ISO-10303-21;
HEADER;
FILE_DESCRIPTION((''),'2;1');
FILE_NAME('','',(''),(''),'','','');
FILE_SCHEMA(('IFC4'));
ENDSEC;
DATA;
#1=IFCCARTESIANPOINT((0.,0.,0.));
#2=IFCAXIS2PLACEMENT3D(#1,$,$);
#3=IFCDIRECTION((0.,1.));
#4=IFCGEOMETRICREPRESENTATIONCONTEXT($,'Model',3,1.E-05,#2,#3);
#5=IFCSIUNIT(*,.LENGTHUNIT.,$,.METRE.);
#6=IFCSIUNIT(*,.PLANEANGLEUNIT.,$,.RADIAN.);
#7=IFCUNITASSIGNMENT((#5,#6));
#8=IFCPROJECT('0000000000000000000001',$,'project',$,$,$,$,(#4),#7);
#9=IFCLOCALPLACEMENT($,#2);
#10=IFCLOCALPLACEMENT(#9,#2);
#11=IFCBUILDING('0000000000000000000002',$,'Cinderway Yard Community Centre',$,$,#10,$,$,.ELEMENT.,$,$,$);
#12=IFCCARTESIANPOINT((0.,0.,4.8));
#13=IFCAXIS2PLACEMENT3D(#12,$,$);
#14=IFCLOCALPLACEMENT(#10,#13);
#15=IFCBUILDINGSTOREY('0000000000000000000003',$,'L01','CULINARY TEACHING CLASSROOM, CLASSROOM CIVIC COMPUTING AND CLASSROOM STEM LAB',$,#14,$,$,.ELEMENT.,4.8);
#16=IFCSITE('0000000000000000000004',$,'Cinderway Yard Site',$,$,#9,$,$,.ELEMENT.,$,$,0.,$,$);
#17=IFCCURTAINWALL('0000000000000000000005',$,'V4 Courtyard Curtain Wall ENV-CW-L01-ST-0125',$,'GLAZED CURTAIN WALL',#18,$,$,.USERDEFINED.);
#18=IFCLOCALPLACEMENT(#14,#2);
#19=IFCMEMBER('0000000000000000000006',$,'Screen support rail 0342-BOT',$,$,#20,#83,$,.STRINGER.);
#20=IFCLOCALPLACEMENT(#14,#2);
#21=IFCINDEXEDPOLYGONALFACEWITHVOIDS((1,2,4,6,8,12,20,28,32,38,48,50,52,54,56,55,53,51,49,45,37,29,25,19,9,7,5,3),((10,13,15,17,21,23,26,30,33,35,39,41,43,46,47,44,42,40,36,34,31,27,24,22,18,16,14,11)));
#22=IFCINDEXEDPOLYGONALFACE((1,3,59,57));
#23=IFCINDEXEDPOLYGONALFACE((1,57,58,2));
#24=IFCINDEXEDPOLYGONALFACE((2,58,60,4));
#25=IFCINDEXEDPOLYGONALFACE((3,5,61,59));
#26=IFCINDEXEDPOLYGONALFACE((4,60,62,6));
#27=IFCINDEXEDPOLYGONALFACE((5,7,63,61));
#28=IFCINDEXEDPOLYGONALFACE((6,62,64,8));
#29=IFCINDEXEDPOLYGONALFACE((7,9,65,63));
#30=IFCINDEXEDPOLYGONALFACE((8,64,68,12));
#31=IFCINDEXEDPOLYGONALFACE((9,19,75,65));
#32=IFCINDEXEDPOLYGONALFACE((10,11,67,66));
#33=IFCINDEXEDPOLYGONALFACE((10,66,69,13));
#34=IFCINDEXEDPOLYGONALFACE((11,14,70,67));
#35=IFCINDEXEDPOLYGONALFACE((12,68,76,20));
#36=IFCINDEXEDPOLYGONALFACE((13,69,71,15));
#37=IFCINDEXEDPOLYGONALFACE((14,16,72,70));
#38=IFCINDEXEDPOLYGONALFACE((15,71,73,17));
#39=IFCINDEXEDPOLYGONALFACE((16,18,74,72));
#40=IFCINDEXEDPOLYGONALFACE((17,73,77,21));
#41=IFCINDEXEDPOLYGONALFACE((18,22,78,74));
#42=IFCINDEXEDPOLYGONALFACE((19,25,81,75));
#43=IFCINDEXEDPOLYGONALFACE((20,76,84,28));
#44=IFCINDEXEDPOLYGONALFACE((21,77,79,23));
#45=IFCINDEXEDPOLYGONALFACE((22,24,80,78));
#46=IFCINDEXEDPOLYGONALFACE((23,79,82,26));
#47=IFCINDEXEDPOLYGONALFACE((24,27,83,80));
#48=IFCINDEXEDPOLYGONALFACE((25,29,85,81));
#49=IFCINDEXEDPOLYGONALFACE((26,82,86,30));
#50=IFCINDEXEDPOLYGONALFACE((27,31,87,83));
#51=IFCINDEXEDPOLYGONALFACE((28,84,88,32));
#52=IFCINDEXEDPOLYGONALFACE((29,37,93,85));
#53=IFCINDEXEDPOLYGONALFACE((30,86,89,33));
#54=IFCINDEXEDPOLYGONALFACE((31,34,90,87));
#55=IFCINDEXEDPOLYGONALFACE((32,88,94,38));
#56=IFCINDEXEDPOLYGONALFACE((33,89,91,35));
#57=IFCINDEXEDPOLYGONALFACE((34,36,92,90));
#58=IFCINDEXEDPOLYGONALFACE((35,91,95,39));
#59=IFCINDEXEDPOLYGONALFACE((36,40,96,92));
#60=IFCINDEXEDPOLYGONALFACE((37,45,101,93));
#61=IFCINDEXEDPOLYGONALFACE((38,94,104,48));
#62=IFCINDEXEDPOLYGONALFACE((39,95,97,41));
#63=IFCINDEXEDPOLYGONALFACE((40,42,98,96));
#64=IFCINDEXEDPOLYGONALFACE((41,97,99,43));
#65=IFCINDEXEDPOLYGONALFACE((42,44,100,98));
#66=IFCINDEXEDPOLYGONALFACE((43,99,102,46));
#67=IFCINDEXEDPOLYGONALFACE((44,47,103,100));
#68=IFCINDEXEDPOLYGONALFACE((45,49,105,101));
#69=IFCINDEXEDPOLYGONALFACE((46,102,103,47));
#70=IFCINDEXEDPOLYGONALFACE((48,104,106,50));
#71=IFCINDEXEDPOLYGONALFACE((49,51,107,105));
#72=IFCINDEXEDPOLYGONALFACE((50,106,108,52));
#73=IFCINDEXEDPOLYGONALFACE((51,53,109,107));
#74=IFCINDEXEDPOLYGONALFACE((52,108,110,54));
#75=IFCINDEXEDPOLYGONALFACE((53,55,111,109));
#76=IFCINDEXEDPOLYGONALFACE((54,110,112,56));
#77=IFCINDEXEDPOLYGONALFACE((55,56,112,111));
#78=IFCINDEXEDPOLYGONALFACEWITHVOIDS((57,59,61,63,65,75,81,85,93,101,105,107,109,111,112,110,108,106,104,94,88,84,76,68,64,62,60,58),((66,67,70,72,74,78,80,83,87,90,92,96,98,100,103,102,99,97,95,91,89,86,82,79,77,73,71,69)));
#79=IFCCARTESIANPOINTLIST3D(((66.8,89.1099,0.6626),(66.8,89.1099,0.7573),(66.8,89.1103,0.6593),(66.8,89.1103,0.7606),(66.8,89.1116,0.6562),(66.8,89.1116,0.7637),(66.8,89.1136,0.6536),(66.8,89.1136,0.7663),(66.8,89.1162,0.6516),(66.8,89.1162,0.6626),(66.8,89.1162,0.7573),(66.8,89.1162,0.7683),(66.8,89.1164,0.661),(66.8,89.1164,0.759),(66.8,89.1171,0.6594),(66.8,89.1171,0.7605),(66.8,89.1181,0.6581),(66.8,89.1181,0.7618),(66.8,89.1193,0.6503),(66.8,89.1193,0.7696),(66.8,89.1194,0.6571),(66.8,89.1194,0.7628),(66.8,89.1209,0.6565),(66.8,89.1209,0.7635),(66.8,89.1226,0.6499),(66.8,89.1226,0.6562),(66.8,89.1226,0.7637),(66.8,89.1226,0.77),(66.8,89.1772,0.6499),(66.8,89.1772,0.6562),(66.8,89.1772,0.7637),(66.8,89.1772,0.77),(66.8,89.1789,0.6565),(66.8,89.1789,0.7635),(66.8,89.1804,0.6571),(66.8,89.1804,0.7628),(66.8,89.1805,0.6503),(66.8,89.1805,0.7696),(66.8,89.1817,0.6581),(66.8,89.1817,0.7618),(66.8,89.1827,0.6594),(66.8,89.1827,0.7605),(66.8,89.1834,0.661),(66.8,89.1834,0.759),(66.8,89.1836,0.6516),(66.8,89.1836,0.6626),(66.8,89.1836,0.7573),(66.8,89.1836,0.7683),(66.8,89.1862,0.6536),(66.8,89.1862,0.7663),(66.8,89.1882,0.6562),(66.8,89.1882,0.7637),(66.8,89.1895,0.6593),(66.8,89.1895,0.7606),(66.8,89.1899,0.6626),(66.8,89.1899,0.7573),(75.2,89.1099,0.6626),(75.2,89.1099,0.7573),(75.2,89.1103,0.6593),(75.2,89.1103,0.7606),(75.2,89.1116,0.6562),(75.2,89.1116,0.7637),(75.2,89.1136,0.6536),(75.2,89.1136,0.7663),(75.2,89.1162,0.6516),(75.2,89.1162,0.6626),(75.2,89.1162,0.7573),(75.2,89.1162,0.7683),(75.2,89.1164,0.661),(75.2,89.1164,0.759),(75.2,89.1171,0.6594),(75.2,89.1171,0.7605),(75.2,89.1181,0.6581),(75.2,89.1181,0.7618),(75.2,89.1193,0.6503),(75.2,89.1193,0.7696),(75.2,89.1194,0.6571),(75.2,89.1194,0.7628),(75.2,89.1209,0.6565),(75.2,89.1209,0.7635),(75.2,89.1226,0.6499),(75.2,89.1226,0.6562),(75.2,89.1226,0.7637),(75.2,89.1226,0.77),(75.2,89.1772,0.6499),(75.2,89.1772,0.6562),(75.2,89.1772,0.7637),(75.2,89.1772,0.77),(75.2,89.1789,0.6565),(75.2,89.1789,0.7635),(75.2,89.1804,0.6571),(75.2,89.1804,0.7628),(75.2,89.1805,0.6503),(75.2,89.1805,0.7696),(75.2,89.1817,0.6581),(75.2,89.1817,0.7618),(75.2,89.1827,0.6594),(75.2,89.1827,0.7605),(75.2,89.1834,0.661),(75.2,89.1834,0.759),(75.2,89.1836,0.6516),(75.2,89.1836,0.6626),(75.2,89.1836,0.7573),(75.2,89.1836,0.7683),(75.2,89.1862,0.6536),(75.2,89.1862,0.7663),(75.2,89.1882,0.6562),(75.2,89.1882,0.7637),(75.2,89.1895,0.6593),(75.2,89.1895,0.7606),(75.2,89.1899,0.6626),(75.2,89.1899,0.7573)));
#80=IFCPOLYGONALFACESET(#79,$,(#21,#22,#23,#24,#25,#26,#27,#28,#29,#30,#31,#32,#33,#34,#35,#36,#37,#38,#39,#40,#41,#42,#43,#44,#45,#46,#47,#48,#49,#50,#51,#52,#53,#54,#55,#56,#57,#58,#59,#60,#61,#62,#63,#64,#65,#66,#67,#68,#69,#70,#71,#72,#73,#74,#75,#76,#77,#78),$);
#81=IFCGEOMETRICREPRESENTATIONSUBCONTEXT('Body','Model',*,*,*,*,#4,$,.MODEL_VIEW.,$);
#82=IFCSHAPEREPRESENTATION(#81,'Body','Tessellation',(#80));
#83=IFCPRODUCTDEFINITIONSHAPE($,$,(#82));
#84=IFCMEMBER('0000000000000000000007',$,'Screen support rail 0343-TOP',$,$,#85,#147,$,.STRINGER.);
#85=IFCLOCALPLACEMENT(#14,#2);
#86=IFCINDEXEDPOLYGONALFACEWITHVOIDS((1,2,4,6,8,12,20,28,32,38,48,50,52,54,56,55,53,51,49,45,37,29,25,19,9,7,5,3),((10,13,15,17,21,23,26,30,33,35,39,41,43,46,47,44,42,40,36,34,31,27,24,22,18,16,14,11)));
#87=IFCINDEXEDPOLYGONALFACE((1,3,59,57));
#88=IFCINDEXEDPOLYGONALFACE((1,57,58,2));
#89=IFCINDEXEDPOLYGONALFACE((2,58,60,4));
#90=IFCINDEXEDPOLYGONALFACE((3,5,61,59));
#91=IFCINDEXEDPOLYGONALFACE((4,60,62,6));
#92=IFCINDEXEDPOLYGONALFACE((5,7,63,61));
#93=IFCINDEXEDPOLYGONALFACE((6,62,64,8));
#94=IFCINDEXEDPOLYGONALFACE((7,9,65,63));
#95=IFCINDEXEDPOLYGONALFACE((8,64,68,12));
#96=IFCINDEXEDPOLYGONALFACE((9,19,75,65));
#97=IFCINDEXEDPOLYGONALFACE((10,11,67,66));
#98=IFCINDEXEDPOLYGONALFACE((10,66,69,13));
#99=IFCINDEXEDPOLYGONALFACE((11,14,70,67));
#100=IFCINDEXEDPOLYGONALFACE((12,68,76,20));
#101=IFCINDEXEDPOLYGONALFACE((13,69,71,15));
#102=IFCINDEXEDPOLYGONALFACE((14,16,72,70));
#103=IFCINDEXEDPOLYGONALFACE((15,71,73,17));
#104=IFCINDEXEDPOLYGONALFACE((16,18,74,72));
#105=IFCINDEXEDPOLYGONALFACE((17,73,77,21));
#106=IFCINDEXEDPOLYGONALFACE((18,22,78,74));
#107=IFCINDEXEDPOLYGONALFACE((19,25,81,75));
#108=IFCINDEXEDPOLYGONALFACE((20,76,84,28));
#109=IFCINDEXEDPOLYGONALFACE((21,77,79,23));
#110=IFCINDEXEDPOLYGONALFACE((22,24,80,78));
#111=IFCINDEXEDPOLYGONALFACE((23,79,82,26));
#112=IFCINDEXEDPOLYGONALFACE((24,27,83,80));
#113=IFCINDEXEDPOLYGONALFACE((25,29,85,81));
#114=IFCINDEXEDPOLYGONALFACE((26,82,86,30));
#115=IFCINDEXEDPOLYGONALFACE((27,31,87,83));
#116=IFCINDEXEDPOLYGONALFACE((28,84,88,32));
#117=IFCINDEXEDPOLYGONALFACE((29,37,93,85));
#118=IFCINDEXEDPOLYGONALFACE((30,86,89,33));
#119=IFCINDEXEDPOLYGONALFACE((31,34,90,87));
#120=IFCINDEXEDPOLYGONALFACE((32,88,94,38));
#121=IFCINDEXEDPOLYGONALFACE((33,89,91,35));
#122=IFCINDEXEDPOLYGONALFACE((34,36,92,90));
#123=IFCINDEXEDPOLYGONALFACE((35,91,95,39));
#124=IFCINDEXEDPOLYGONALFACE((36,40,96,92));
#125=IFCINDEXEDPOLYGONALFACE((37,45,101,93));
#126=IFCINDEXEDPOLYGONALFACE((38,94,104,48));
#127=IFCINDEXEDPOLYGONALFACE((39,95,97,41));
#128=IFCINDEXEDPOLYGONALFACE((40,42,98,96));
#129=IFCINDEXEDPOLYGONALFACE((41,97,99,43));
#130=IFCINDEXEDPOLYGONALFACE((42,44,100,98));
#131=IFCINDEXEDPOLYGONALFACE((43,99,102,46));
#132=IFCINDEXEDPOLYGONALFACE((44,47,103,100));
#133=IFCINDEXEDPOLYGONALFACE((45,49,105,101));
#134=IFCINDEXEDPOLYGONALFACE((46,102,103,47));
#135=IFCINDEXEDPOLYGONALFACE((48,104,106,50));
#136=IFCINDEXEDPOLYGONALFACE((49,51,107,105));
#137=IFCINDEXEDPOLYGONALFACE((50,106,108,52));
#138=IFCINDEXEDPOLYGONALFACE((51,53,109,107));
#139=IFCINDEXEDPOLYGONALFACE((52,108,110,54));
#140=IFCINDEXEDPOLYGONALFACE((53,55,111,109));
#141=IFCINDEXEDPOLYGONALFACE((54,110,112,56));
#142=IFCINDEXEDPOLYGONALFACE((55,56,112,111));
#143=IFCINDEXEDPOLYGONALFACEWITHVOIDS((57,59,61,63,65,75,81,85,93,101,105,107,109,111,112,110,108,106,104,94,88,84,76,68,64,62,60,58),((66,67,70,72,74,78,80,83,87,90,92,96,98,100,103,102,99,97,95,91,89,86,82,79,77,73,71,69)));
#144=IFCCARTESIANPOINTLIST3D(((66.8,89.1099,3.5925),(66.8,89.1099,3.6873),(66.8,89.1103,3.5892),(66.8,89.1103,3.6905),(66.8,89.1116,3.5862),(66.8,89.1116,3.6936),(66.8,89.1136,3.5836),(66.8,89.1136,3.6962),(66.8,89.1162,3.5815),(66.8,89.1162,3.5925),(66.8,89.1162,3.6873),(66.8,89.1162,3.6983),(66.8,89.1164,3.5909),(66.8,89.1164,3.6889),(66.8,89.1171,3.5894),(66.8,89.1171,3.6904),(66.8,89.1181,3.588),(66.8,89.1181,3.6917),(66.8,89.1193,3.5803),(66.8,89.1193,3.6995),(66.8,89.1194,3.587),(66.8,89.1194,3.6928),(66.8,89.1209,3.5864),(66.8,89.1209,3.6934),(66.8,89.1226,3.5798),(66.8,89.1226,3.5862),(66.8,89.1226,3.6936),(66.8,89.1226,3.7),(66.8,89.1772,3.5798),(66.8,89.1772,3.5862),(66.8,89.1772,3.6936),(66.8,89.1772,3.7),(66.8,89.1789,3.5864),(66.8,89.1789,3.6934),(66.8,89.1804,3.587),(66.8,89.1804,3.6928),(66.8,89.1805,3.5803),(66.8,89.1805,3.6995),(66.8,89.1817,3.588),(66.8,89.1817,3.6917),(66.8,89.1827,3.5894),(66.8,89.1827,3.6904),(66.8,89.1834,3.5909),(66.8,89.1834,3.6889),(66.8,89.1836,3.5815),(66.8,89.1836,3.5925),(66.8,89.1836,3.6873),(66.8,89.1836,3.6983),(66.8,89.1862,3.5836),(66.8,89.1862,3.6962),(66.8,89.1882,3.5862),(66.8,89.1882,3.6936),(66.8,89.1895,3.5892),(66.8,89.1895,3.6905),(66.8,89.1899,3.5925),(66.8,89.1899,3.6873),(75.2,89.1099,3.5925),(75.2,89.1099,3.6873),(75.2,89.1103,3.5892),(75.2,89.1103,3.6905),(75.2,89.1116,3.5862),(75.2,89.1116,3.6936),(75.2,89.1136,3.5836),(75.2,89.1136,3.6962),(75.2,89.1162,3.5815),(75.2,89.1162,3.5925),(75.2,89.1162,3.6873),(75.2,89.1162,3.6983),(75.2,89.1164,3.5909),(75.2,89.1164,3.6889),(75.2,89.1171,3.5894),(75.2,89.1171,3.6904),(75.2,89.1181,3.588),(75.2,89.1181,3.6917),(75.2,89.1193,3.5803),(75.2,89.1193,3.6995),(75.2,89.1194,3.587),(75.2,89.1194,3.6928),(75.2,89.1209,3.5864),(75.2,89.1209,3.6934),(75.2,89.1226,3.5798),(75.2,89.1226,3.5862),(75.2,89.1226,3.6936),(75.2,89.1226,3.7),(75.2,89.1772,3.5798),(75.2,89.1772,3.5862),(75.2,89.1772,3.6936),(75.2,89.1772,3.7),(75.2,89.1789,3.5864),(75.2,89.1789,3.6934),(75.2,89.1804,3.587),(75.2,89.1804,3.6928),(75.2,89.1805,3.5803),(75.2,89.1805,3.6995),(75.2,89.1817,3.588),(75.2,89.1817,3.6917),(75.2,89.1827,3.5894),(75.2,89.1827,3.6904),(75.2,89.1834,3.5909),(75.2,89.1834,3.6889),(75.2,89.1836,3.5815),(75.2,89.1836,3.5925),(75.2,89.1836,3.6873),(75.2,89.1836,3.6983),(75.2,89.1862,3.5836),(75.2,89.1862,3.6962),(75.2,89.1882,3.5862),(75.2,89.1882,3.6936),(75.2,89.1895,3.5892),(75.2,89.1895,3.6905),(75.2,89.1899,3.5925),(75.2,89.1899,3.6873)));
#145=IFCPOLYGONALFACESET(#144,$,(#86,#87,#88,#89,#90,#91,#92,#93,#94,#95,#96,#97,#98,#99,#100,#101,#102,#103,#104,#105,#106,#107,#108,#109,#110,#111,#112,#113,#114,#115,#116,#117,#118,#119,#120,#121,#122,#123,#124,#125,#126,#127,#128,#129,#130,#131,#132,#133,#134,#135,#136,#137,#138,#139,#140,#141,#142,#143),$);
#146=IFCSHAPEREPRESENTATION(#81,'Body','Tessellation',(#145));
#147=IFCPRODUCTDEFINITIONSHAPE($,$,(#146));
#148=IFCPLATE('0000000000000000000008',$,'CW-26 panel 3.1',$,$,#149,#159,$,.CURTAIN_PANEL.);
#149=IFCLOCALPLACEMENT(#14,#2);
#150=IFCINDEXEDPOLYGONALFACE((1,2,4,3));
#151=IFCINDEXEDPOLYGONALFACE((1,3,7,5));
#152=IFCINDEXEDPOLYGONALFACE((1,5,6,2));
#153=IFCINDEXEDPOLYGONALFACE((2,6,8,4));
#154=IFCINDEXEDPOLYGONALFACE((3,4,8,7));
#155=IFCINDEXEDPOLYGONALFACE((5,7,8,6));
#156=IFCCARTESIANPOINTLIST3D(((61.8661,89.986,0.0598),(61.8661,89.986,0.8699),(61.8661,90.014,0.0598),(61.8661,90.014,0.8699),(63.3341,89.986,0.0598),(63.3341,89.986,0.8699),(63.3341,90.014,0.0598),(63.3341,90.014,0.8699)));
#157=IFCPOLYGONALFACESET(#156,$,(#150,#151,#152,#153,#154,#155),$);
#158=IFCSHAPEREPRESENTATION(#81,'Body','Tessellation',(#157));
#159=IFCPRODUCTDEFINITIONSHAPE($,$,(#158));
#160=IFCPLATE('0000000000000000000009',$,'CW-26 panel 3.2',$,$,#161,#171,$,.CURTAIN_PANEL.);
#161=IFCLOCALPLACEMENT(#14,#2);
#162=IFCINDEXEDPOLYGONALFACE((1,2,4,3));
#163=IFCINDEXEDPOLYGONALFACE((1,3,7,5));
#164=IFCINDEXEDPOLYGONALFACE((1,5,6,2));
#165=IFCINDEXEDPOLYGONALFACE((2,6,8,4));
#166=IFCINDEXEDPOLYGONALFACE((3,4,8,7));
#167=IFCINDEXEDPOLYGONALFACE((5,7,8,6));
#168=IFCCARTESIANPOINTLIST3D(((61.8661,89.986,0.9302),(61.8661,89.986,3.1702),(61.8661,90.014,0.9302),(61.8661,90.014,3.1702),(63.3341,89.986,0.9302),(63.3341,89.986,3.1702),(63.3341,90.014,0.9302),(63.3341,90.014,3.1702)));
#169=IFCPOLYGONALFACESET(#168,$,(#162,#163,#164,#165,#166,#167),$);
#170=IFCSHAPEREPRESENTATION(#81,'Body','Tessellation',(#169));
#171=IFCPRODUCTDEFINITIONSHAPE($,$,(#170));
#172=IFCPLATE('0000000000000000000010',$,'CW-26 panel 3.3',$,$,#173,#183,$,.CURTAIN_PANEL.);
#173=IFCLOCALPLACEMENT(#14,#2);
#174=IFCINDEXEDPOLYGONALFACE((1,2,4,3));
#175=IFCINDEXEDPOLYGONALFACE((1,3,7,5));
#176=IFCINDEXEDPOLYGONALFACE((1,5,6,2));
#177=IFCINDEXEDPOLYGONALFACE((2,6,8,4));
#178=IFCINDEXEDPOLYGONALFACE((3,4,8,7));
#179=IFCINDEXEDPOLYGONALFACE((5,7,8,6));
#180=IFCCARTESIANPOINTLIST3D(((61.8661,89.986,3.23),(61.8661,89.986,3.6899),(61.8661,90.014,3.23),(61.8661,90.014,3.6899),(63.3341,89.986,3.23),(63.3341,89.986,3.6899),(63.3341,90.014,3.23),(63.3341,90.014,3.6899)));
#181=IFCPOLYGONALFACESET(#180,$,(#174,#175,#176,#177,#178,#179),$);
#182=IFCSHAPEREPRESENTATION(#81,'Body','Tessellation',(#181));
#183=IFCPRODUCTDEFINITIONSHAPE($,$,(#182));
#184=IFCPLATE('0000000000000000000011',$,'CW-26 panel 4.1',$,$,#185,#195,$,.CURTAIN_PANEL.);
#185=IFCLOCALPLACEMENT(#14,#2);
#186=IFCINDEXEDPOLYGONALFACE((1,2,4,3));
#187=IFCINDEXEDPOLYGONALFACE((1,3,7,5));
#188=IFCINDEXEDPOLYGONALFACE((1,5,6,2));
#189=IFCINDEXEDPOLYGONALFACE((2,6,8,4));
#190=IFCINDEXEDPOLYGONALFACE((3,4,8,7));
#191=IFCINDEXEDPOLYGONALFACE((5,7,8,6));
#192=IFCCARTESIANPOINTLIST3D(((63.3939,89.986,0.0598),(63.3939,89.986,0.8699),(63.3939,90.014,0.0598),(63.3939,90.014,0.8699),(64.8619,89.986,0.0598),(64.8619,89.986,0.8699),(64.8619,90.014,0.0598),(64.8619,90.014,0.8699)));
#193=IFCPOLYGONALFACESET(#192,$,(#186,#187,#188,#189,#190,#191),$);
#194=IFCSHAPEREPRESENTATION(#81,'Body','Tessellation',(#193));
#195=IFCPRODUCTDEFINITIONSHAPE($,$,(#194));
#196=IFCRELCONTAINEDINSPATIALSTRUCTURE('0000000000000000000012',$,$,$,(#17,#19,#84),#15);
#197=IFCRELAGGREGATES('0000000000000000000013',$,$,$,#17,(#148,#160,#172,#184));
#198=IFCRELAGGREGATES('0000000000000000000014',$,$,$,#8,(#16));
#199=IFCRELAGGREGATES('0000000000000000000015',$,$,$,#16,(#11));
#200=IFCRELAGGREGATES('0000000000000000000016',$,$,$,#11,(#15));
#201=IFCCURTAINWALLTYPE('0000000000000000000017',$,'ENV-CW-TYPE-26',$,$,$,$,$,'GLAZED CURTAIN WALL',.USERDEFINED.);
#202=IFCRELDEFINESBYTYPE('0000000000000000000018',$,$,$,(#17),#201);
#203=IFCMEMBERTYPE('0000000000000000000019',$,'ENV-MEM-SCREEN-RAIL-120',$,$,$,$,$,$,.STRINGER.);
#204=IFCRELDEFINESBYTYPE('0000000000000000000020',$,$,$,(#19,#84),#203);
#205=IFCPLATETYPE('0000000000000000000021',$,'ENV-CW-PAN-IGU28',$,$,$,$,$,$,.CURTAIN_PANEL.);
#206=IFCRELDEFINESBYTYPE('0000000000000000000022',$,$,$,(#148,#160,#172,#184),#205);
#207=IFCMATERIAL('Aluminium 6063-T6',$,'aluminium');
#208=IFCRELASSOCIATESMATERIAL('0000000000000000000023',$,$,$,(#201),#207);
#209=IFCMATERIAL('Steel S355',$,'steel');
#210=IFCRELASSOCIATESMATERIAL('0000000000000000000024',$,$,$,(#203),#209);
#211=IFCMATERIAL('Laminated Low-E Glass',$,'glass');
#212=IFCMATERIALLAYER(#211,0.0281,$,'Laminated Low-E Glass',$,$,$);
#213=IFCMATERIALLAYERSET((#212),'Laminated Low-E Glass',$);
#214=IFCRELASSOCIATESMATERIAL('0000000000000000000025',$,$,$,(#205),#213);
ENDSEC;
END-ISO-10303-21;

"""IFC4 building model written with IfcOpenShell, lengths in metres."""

from ifc_helpers import new_model, si_unit, direction, frame, origin, origin_2d, place, context, subcontext, project, spatial, rectangle, hollow_rectangle, extrude, material, layer, layer_set, material_profile, profile_set, type_object, element, aggregate, save


model = new_model("IFC4")

# Units and contexts
model_context = context("Model", 3, precision=1e-05, world=origin(), true_north=direction((0.0, 1.0)))
body_context = subcontext(model_context, "Body", "Model", "MODEL_VIEW")
ifc_project = project(units=[si_unit("LENGTHUNIT", "METRE"), si_unit("PLANEANGLEUNIT", "RADIAN")], contexts=[model_context])

# Site, building, storey
site_placement = place(None, origin())
site = spatial("IfcSite", under=ifc_project, at=site_placement, Name="Cinderway Yard Site", CompositionType="ELEMENT", RefElevation=0.0)
building_placement = place(site_placement, origin())
building = spatial("IfcBuilding", under=site, at=building_placement, Name="Cinderway Yard Community Centre", CompositionType="ELEMENT")
storey_placement = place(building_placement, frame((0.0, 0.0, 4.8)))
storey = spatial("IfcBuildingStorey", under=building, at=storey_placement, Name="L01", Description="CULINARY TEACHING CLASSROOM, CLASSROOM CIVIC COMPUTING AND CLASSROOM STEM LAB", CompositionType="ELEMENT", Elevation=4.8)

# Curtain wall
ifc_material_1 = material(Name="Aluminium 6063-T6", Category="aluminium")
curtain_wall_type = type_object("IfcCurtainWallType", Name="ENV-CW-TYPE-26", ElementType="GLAZED CURTAIN WALL", PredefinedType="USERDEFINED", material=ifc_material_1)
curtain_wall_placement = place(storey_placement, origin())
curtain_wall = element("IfcCurtainWall", 1, at=curtain_wall_placement, inside=storey, type_object=curtain_wall_type, Name="V4 Courtyard Curtain Wall ENV-CW-L01-ST-0125", ObjectType="GLAZED CURTAIN WALL", PredefinedType="USERDEFINED")

# Members
ifc_material_2 = material(Name="Steel S355", Category="steel")
ifc_material_profile_1 = material_profile(ifc_material_2, hollow_rectangle(XDim=0.0801, YDim=0.1201, WallThickness=0.0063, InnerFilletRadius=0.0063, OuterFilletRadius=0.0127, at=origin_2d()), Name="Steel S355")
ifc_profile_set_1 = profile_set([ifc_material_profile_1], Name="Steel S355")
member_type_1 = type_object("IfcMemberType", Name="ENV-MEM-SCREEN-RAIL-120", PredefinedType="STRINGER", material=ifc_profile_set_1)
for number, where, z_axis, x_axis, name in (
    (2, (66.8, 89.1499, 0.71), (1.0, 0.0, 0.0), (0.0, 1.0, 0.0), "Screen support rail 0342-BOT"),
    (3, (66.8, 89.1499, 3.6399), (1.0, 0.0, 0.0), (0.0, 1.0, 0.0), "Screen support rail 0343-TOP"),
):
    element("IfcMember", number, at=place(storey_placement, frame(where, z_axis=z_axis, x_axis=x_axis)), inside=storey, type_object=member_type_1, Name=name, PredefinedType="STRINGER", context=body_context, shape_type="SweptSolid", body=[
        extrude(hollow_rectangle(XDim=0.0801, YDim=0.1201, WallThickness=0.0063, InnerFilletRadius=0.0063, OuterFilletRadius=0.0127, at=origin_2d()), origin(), (0.0, 0.0, 1.0), 8.3999),
    ])

# Plates
ifc_material_3 = material(Name="Laminated Low-E Glass", Category="glass")
ifc_layer_1 = layer(ifc_material_3, 0.0281, Name="Laminated Low-E Glass")
ifc_layer_set_1 = layer_set([ifc_layer_1], Name="Laminated Low-E Glass")
plate_type_1 = type_object("IfcPlateType", Name="ENV-CW-PAN-IGU28", PredefinedType="CURTAIN_PANEL", material=ifc_layer_set_1)
plate_1_placement = place(storey_placement, frame((62.6001, 90.0, 0.0598), z_axis=(0.0, 0.0, 1.0), x_axis=(1.0, 0.0, 0.0)))
plate_1 = element("IfcPlate", 4, at=plate_1_placement, type_object=plate_type_1, Name="CW-26 panel 3.1", PredefinedType="CURTAIN_PANEL", context=body_context, shape_type="SweptSolid", body=[
    extrude(rectangle(XDim=1.468, YDim=0.0281, at=origin_2d()), origin(), (0.0, 0.0, 1.0), 0.8101),
])
plate_2_placement = place(storey_placement, frame((62.6001, 90.0, 0.9302), z_axis=(0.0, 0.0, 1.0), x_axis=(1.0, 0.0, 0.0)))
plate_2 = element("IfcPlate", 5, at=plate_2_placement, type_object=plate_type_1, Name="CW-26 panel 3.2", PredefinedType="CURTAIN_PANEL", context=body_context, shape_type="SweptSolid", body=[
    extrude(rectangle(XDim=1.468, YDim=0.0281, at=origin_2d()), origin(), (0.0, 0.0, 1.0), 2.24),
])
plate_3_placement = place(storey_placement, frame((62.6001, 90.0, 3.23), z_axis=(0.0, 0.0, 1.0), x_axis=(1.0, 0.0, 0.0)))
plate_3 = element("IfcPlate", 6, at=plate_3_placement, type_object=plate_type_1, Name="CW-26 panel 3.3", PredefinedType="CURTAIN_PANEL", context=body_context, shape_type="SweptSolid", body=[
    extrude(rectangle(XDim=1.468, YDim=0.0281, at=origin_2d()), origin(), (0.0, 0.0, 1.0), 0.46),
])
plate_4_placement = place(storey_placement, frame((64.1279, 90.0, 0.0598), z_axis=(0.0, 0.0, 1.0), x_axis=(1.0, 0.0, 0.0)))
plate_4 = element("IfcPlate", 7, at=plate_4_placement, type_object=plate_type_1, Name="CW-26 panel 4.1", PredefinedType="CURTAIN_PANEL", context=body_context, shape_type="SweptSolid", body=[
    extrude(rectangle(XDim=1.468, YDim=0.0281, at=origin_2d()), origin(), (0.0, 0.0, 1.0), 0.8101),
])
aggregate(curtain_wall, [plate_1, plate_2, plate_3, plate_4])

save(model, "model.ifc")
